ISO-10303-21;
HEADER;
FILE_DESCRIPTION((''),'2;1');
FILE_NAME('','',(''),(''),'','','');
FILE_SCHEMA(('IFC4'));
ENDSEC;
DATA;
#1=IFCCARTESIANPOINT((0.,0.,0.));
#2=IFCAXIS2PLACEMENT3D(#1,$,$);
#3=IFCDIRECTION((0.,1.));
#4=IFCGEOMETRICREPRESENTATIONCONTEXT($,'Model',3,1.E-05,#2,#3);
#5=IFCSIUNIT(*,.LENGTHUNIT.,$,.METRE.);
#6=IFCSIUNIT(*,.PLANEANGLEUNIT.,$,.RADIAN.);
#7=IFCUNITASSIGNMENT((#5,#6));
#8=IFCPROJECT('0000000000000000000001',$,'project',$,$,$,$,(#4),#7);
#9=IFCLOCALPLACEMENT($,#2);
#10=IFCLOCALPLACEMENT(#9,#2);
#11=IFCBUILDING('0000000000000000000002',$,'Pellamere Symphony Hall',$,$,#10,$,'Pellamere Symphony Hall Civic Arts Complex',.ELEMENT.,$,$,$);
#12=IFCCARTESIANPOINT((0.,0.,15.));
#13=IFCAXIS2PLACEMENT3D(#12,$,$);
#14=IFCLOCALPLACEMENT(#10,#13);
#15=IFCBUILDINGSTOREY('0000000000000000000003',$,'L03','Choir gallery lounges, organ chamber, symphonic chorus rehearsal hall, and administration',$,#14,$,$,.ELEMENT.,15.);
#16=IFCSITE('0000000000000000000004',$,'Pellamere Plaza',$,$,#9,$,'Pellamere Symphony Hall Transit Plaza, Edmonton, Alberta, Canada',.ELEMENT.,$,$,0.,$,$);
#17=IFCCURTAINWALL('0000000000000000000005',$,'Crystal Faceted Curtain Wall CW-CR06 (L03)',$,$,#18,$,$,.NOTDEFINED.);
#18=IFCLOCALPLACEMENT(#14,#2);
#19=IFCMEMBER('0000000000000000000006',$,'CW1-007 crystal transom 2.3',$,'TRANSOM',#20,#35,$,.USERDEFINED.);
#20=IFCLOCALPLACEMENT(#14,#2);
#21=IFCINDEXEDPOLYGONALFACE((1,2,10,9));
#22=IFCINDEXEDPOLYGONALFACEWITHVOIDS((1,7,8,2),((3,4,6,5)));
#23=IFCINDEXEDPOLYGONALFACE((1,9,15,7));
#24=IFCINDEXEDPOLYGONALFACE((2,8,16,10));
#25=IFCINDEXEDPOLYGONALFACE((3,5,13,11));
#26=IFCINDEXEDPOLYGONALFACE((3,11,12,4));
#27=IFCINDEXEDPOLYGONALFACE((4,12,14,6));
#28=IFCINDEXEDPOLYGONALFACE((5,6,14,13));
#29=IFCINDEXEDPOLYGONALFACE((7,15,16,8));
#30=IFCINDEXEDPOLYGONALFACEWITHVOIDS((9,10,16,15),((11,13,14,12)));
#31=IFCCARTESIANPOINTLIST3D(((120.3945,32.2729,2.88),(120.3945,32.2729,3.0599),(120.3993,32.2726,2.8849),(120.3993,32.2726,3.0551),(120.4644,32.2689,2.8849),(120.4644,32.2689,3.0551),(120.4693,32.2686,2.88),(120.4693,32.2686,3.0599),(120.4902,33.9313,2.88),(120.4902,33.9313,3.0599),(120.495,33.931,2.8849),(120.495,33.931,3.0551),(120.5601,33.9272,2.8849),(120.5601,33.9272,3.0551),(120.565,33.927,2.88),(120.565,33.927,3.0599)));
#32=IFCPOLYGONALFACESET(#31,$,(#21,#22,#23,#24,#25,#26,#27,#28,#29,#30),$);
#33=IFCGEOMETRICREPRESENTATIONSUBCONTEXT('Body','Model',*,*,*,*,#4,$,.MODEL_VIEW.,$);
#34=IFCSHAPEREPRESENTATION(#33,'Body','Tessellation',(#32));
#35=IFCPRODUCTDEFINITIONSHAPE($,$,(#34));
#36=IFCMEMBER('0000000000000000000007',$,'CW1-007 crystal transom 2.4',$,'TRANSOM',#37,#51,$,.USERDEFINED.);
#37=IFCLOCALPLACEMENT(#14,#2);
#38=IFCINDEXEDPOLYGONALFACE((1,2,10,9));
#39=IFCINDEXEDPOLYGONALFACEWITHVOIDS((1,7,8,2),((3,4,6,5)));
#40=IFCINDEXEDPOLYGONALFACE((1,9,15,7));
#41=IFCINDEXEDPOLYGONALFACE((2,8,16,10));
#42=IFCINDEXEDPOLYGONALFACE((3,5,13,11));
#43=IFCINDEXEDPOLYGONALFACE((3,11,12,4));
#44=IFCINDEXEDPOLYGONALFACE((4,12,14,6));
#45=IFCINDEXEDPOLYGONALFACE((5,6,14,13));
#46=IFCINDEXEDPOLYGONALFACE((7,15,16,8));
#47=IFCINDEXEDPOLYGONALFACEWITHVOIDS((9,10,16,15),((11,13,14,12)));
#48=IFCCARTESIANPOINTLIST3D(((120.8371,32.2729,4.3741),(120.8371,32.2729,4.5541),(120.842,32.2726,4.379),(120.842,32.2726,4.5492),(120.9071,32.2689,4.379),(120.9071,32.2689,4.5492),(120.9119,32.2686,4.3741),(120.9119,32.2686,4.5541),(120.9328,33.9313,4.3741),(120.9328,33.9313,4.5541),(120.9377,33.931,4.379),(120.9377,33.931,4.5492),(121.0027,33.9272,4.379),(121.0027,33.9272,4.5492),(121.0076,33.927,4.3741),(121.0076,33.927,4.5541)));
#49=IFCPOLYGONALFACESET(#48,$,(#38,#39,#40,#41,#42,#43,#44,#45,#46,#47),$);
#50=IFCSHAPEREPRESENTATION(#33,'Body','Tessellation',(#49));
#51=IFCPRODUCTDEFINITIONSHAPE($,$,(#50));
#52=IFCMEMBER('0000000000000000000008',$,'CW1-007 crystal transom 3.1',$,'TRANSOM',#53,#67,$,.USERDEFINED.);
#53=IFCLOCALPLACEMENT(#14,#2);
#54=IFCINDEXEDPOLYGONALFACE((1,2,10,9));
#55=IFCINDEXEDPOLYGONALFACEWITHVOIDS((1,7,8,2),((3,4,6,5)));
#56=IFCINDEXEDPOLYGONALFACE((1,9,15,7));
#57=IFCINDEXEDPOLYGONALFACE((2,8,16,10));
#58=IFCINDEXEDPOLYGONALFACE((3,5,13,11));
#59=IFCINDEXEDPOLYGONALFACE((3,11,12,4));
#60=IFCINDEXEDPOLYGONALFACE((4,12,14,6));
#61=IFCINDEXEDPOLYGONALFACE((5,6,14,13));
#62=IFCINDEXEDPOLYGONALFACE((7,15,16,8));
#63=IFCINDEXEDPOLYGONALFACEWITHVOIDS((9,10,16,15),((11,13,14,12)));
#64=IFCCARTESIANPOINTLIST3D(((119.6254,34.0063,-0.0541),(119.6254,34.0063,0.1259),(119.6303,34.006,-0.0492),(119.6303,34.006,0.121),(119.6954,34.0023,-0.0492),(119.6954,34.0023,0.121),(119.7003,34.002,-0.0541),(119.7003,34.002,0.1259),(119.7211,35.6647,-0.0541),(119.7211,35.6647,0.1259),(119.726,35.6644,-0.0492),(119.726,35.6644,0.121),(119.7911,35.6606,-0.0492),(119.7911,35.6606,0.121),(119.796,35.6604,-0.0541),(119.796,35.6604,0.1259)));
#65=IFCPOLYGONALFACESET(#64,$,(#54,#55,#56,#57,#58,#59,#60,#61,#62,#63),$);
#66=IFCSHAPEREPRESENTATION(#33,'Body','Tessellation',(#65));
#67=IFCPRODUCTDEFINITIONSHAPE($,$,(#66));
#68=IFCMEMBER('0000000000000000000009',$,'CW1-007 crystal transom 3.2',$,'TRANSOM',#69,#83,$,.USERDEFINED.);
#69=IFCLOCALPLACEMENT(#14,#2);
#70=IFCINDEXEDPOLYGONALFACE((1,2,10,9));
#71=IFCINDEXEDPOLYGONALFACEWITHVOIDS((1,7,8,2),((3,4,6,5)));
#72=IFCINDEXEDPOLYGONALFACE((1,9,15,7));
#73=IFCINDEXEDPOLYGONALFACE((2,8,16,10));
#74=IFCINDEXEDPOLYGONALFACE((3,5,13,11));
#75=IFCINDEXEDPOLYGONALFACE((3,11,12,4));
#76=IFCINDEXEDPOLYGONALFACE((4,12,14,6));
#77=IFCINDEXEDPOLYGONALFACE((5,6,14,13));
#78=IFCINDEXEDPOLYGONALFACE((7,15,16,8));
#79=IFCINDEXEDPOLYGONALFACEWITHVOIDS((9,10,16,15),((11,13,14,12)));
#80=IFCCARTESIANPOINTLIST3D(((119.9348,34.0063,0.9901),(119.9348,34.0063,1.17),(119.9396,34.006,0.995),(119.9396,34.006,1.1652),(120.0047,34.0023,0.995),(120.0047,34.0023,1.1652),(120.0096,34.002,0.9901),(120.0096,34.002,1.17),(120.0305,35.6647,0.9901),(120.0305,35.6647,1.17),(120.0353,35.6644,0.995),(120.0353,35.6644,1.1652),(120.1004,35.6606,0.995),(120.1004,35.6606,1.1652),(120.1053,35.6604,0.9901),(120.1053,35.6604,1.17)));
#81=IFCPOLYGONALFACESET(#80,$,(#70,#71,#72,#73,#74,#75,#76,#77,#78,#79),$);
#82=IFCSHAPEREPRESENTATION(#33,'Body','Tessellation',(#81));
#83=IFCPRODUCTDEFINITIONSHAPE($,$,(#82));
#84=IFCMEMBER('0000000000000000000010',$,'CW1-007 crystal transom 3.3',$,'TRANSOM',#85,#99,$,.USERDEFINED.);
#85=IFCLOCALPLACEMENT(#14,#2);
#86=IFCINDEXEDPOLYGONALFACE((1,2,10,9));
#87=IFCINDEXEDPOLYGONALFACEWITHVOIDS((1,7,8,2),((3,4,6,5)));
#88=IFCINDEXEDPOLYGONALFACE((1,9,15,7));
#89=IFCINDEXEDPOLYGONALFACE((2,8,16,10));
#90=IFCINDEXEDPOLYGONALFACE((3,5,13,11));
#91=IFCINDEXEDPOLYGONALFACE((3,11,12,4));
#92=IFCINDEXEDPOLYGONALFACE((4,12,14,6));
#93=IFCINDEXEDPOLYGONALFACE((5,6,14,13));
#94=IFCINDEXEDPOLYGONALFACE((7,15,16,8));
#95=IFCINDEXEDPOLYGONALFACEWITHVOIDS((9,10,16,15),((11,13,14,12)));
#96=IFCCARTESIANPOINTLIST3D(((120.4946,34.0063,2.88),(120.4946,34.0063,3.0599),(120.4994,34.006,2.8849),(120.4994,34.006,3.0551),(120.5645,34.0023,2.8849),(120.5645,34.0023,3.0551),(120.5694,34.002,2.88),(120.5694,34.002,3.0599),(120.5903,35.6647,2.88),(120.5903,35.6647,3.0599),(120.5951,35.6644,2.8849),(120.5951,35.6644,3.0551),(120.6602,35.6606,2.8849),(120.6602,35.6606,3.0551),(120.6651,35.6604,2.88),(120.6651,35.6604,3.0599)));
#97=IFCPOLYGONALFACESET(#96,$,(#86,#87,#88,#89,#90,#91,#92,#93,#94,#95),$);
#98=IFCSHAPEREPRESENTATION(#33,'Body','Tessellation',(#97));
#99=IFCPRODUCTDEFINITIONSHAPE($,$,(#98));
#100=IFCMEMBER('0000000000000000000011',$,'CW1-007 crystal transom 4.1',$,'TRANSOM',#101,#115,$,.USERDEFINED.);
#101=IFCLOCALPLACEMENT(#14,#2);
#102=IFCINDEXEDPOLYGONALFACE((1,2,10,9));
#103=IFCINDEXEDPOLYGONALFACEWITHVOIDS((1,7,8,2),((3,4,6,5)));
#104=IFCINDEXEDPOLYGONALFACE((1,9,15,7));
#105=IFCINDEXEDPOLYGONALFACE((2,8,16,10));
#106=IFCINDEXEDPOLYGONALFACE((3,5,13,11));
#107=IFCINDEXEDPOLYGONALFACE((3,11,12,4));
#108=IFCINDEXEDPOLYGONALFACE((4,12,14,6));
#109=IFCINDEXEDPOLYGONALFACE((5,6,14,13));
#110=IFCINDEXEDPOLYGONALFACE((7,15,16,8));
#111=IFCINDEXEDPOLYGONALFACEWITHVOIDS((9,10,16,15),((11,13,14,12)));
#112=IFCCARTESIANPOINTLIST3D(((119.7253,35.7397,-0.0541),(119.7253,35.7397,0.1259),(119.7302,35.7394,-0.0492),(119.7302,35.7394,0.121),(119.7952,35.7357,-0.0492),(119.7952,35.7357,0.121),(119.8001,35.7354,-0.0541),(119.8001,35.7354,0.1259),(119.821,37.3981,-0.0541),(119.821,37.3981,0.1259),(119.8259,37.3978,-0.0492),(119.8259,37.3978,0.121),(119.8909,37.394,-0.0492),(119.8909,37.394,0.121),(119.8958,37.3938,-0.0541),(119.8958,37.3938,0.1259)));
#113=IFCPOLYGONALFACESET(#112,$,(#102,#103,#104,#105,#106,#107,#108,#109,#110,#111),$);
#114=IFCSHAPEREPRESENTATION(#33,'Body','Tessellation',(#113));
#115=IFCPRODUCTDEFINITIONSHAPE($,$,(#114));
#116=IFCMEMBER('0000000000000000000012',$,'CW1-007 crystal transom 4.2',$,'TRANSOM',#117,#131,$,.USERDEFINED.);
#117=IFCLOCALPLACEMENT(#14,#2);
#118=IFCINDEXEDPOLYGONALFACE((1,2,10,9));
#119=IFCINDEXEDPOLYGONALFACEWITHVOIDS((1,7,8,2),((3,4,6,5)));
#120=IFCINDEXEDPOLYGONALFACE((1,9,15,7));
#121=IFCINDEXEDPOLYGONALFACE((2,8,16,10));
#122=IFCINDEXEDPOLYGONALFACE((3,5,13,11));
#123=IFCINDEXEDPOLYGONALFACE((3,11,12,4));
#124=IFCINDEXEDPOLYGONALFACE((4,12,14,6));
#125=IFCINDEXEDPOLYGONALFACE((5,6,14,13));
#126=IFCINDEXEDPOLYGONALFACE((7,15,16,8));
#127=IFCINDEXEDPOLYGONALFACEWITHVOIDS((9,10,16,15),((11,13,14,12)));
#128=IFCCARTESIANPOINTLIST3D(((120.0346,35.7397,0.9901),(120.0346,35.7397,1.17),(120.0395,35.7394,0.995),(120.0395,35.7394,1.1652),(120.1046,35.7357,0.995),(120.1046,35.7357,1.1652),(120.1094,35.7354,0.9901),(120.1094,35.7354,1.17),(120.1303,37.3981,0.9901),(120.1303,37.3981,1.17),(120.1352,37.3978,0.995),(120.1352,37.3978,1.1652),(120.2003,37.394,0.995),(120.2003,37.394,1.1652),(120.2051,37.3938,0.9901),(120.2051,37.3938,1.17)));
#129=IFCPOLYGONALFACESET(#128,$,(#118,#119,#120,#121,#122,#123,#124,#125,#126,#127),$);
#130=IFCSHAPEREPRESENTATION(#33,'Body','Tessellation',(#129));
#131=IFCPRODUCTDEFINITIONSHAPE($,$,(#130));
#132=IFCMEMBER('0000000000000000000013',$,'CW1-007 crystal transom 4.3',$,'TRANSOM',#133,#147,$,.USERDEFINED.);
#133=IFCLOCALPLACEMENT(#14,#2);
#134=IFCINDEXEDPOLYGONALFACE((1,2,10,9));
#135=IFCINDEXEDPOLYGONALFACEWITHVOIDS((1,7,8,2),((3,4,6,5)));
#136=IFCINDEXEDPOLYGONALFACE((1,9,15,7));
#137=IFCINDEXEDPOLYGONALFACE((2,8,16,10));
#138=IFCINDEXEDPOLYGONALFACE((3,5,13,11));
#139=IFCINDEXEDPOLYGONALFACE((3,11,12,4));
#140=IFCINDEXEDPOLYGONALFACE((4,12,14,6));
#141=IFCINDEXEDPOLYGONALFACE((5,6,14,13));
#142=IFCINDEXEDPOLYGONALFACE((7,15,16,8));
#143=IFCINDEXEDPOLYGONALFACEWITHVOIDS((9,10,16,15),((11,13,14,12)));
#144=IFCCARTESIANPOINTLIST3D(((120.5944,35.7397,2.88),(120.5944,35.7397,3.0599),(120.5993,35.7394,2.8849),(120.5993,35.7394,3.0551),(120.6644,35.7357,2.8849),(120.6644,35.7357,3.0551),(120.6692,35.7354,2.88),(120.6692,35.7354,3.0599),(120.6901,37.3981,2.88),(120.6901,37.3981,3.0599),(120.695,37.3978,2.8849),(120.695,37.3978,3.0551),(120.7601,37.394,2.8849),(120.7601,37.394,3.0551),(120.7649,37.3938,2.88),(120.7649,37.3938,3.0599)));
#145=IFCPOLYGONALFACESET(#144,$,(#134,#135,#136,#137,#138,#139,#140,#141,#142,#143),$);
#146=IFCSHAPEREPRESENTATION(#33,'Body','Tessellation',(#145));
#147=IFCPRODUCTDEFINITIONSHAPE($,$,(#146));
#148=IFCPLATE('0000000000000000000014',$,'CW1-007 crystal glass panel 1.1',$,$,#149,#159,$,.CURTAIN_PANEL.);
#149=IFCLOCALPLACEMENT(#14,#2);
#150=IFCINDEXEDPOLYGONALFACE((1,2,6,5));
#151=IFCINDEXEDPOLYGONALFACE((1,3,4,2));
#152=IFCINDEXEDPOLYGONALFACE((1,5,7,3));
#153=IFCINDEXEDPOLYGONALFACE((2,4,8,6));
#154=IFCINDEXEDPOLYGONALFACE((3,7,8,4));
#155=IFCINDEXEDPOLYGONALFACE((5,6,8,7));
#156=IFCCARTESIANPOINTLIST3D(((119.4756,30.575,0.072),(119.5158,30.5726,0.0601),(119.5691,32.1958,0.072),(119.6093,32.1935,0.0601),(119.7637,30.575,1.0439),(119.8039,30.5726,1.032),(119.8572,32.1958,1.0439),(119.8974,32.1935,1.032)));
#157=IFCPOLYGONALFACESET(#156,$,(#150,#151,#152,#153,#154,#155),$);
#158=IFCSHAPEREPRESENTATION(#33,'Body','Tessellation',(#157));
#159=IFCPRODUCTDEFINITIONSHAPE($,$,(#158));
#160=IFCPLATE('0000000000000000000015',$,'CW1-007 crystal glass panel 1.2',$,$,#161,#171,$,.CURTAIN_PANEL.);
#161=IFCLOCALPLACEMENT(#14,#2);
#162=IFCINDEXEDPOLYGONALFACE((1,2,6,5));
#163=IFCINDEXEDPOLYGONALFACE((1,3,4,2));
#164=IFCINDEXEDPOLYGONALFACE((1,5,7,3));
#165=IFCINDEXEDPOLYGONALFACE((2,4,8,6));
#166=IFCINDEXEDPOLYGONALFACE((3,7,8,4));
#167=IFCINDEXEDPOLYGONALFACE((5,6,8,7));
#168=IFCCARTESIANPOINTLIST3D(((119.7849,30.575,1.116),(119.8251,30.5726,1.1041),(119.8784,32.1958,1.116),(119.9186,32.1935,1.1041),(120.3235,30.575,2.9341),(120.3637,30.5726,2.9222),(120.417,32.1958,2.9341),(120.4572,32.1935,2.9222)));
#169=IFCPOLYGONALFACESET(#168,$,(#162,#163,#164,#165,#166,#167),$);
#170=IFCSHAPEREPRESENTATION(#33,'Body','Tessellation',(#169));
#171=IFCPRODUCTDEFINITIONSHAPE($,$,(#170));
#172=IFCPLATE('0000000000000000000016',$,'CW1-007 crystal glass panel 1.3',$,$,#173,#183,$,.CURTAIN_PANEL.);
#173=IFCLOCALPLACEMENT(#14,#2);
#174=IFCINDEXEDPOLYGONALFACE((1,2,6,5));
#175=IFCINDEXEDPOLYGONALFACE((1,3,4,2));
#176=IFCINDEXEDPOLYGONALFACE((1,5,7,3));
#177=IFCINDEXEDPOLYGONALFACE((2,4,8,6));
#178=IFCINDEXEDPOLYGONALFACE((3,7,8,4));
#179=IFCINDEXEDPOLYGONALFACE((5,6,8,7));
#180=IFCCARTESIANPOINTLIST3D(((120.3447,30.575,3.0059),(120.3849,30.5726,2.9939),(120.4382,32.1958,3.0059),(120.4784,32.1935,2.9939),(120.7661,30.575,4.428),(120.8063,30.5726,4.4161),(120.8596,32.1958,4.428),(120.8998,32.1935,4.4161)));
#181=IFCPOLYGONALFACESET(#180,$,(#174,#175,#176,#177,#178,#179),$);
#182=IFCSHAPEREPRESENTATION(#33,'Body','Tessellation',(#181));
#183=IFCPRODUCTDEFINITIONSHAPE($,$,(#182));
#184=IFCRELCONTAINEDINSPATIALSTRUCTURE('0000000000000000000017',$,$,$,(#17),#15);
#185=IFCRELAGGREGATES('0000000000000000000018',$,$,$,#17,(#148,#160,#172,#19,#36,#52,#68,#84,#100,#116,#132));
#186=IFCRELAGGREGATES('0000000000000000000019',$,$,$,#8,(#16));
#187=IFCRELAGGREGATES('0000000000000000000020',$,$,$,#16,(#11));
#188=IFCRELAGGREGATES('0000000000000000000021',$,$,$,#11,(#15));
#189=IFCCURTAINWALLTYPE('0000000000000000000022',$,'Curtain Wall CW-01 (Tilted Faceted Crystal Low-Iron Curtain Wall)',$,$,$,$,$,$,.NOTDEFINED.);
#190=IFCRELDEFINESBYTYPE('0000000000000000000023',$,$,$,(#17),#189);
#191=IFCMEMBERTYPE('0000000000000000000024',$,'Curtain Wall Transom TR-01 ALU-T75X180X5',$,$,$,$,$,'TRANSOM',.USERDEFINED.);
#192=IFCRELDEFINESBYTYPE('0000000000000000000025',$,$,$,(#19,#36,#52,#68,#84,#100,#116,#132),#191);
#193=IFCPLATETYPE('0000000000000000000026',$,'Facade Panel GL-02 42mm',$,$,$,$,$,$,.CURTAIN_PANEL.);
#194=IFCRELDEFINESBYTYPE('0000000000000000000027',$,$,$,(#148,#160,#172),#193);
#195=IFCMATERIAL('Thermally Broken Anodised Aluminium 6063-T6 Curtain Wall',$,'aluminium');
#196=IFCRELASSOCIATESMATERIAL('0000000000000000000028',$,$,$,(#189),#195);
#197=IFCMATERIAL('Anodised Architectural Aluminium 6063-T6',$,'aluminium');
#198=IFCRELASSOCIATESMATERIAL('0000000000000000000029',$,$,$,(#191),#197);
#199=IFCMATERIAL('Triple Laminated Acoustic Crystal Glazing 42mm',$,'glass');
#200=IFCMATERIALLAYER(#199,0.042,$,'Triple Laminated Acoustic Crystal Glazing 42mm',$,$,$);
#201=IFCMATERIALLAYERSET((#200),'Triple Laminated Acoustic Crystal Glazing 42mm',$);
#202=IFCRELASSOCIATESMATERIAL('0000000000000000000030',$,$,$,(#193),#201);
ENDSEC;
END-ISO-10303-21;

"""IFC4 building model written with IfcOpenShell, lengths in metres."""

from ifc_helpers import new_model, si_unit, direction, frame, origin, origin_2d, place, context, subcontext, project, spatial, polyline, hollow_rectangle, outline, extrude, material, layer, layer_set, material_profile, profile_set, type_object, element, aggregate, save


model = new_model("IFC4")

# Units and contexts
model_context = context("Model", 3, precision=1e-05, world=origin(), true_north=direction((0.0, 1.0)))
body_context = subcontext(model_context, "Body", "Model", "MODEL_VIEW")
ifc_project = project(units=[si_unit("LENGTHUNIT", "METRE"), si_unit("PLANEANGLEUNIT", "RADIAN")], contexts=[model_context])

# Site, building, storey
site_placement = place(None, origin())
site = spatial("IfcSite", under=ifc_project, at=site_placement, Name="Pellamere Plaza", LongName="Pellamere Symphony Hall Transit Plaza, Edmonton, Alberta, Canada", CompositionType="ELEMENT", RefElevation=0.0)
building_placement = place(site_placement, origin())
building = spatial("IfcBuilding", under=site, at=building_placement, Name="Pellamere Symphony Hall", LongName="Pellamere Symphony Hall Civic Arts Complex", CompositionType="ELEMENT")
storey_placement = place(building_placement, frame((0.0, 0.0, 15.0)))
storey = spatial("IfcBuildingStorey", under=building, at=storey_placement, Name="L03", Description="Choir gallery lounges, organ chamber, symphonic chorus rehearsal hall, and administration", CompositionType="ELEMENT", Elevation=15.0)

# Curtain wall, members, plates
ifc_material_1 = material(Name="Thermally Broken Anodised Aluminium 6063-T6 Curtain Wall", Category="aluminium")
curtain_wall_type = type_object("IfcCurtainWallType", Name="Curtain Wall CW-01 (Tilted Faceted Crystal Low-Iron Curtain Wall)", PredefinedType="NOTDEFINED", material=ifc_material_1)
curtain_wall_placement = place(storey_placement, origin())
curtain_wall = element("IfcCurtainWall", 1, at=curtain_wall_placement, inside=storey, type_object=curtain_wall_type, Name="Crystal Faceted Curtain Wall CW-CR06 (L03)", PredefinedType="NOTDEFINED")
ifc_material_2 = material(Name="Anodised Architectural Aluminium 6063-T6", Category="aluminium")
ifc_material_profile_1 = material_profile(ifc_material_2, hollow_rectangle(XDim=0.075, YDim=0.1799, WallThickness=0.0049, at=origin_2d()), Name="ALU-T75X180X5")
ifc_profile_set_1 = profile_set([ifc_material_profile_1], Name="Anodised Architectural Aluminium 6063-T6")
member_type_1 = type_object("IfcMemberType", Name="Curtain Wall Transom TR-01 ALU-T75X180X5", ElementType="TRANSOM", PredefinedType="USERDEFINED", material=ifc_profile_set_1)
member_1_placement = place(storey_placement, frame((120.4319, 32.2708, 2.97), z_axis=(0.057611, 0.998339, 0.0), x_axis=(-0.998339, 0.057611, 0.0)))
member_1 = element("IfcMember", 2, at=member_1_placement, type_object=member_type_1, Name="CW1-007 crystal transom 2.3", ObjectType="TRANSOM", PredefinedType="USERDEFINED", context=body_context, shape_type="SweptSolid", body=[
    extrude(hollow_rectangle(XDim=0.075, YDim=0.1799, WallThickness=0.0049, at=origin_2d()), origin(), (0.0, 0.0, 1.0), 1.6611),
])
member_2_placement = place(storey_placement, frame((120.8745, 32.2708, 4.4641), z_axis=(0.057611, 0.998339, 0.0), x_axis=(-0.998339, 0.057611, 0.0)))
member_2 = element("IfcMember", 3, at=member_2_placement, type_object=member_type_1, Name="CW1-007 crystal transom 2.4", ObjectType="TRANSOM", PredefinedType="USERDEFINED", context=body_context, shape_type="SweptSolid", body=[
    extrude(hollow_rectangle(XDim=0.075, YDim=0.1799, WallThickness=0.0049, at=origin_2d()), origin(), (0.0, 0.0, 1.0), 1.6611),
])
member_3_placement = place(storey_placement, frame((119.6628, 34.0042, 0.0359), z_axis=(0.057611, 0.998339, 0.0), x_axis=(-0.998339, 0.057611, 0.0)))
member_3 = element("IfcMember", 4, at=member_3_placement, type_object=member_type_1, Name="CW1-007 crystal transom 3.1", ObjectType="TRANSOM", PredefinedType="USERDEFINED", context=body_context, shape_type="SweptSolid", body=[
    extrude(hollow_rectangle(XDim=0.075, YDim=0.1799, WallThickness=0.0049, at=origin_2d()), origin(), (0.0, 0.0, 1.0), 1.6611),
])
member_4_placement = place(storey_placement, frame((119.9722, 34.0042, 1.0801), z_axis=(0.057611, 0.998339, 0.0), x_axis=(-0.998339, 0.057611, 0.0)))
member_4 = element("IfcMember", 5, at=member_4_placement, type_object=member_type_1, Name="CW1-007 crystal transom 3.2", ObjectType="TRANSOM", PredefinedType="USERDEFINED", context=body_context, shape_type="SweptSolid", body=[
    extrude(hollow_rectangle(XDim=0.075, YDim=0.1799, WallThickness=0.0049, at=origin_2d()), origin(), (0.0, 0.0, 1.0), 1.6611),
])
member_5_placement = place(storey_placement, frame((120.532, 34.0042, 2.97), z_axis=(0.057611, 0.998339, 0.0), x_axis=(-0.998339, 0.057611, 0.0)))
member_5 = element("IfcMember", 6, at=member_5_placement, type_object=member_type_1, Name="CW1-007 crystal transom 3.3", ObjectType="TRANSOM", PredefinedType="USERDEFINED", context=body_context, shape_type="SweptSolid", body=[
    extrude(hollow_rectangle(XDim=0.075, YDim=0.1799, WallThickness=0.0049, at=origin_2d()), origin(), (0.0, 0.0, 1.0), 1.6611),
])
member_6_placement = place(storey_placement, frame((119.7627, 35.7375, 0.0359), z_axis=(0.057611, 0.998339, 0.0), x_axis=(-0.998339, 0.057611, 0.0)))
member_6 = element("IfcMember", 7, at=member_6_placement, type_object=member_type_1, Name="CW1-007 crystal transom 4.1", ObjectType="TRANSOM", PredefinedType="USERDEFINED", context=body_context, shape_type="SweptSolid", body=[
    extrude(hollow_rectangle(XDim=0.075, YDim=0.1799, WallThickness=0.0049, at=origin_2d()), origin(), (0.0, 0.0, 1.0), 1.6611),
])
member_7_placement = place(storey_placement, frame((120.072, 35.7375, 1.0801), z_axis=(0.057611, 0.998339, 0.0), x_axis=(-0.998339, 0.057611, 0.0)))
member_7 = element("IfcMember", 8, at=member_7_placement, type_object=member_type_1, Name="CW1-007 crystal transom 4.2", ObjectType="TRANSOM", PredefinedType="USERDEFINED", context=body_context, shape_type="SweptSolid", body=[
    extrude(hollow_rectangle(XDim=0.075, YDim=0.1799, WallThickness=0.0049, at=origin_2d()), origin(), (0.0, 0.0, 1.0), 1.6611),
])
member_8_placement = place(storey_placement, frame((120.6318, 35.7375, 2.97), z_axis=(0.057611, 0.998339, 0.0), x_axis=(-0.998339, 0.057611, 0.0)))
member_8 = element("IfcMember", 9, at=member_8_placement, type_object=member_type_1, Name="CW1-007 crystal transom 4.3", ObjectType="TRANSOM", PredefinedType="USERDEFINED", context=body_context, shape_type="SweptSolid", body=[
    extrude(hollow_rectangle(XDim=0.075, YDim=0.1799, WallThickness=0.0049, at=origin_2d()), origin(), (0.0, 0.0, 1.0), 1.6611),
])
ifc_material_3 = material(Name="Triple Laminated Acoustic Crystal Glazing 42mm", Category="glass")
ifc_layer_1 = layer(ifc_material_3, 0.042, Name="Triple Laminated Acoustic Crystal Glazing 42mm")
ifc_layer_set_1 = layer_set([ifc_layer_1], Name="Triple Laminated Acoustic Crystal Glazing 42mm")
plate_type_1 = type_object("IfcPlateType", Name="Facade Panel GL-02 42mm", PredefinedType="CURTAIN_PANEL", material=ifc_layer_set_1)
plate_1_placement = place(storey_placement, frame((119.4756, 30.575, 0.072), z_axis=(-0.957306, 0.055226, 0.283753), x_axis=(0.057594, 0.99834, 0.0)))
plate_1 = element("IfcPlate", 10, at=plate_1_placement, type_object=plate_type_1, Name="CW1-007 crystal glass panel 1.1", PredefinedType="CURTAIN_PANEL", context=body_context, shape_type="SweptSolid", body=[
    extrude(outline(polyline([(0.0, 0.0), (1.6235, 0.0), (1.6401, -1.0136), (0.0166, -1.0136), (0.0, 0.0)])), origin(), (0.0, 0.0, -1.0), 0.042),
])
plate_2_placement = place(storey_placement, frame((119.7849, 30.575, 1.116), z_axis=(-0.957353, 0.055229, 0.283593), x_axis=(0.057594, 0.99834, 0.0)))
plate_2 = element("IfcPlate", 11, at=plate_2_placement, type_object=plate_type_1, Name="CW1-007 crystal glass panel 1.2", PredefinedType="CURTAIN_PANEL", context=body_context, shape_type="SweptSolid", body=[
    extrude(outline(polyline([(0.0, 0.0), (1.6235, 0.0), (1.6546, -1.896), (0.031, -1.896), (0.0, 0.0)])), origin(), (0.0, 0.0, -1.0), 0.042),
])
plate_3_placement = place(storey_placement, frame((120.3447, 30.575, 3.0059), z_axis=(-0.957331, 0.055228, 0.283666), x_axis=(0.057594, 0.99834, 0.0)))
plate_3 = element("IfcPlate", 12, at=plate_3_placement, type_object=plate_type_1, Name="CW1-007 crystal glass panel 1.3", PredefinedType="CURTAIN_PANEL", context=body_context, shape_type="SweptSolid", body=[
    extrude(outline(polyline([(0.0, 0.0), (1.6235, 0.0), (1.6478, -1.483), (0.0243, -1.483), (0.0, 0.0)])), origin(), (0.0, 0.0, -1.0), 0.042),
])
aggregate(curtain_wall, [plate_1, plate_2, plate_3, member_1, member_2, member_3, member_4, member_5, member_6, member_7, member_8])

save(model, "model.ifc")
